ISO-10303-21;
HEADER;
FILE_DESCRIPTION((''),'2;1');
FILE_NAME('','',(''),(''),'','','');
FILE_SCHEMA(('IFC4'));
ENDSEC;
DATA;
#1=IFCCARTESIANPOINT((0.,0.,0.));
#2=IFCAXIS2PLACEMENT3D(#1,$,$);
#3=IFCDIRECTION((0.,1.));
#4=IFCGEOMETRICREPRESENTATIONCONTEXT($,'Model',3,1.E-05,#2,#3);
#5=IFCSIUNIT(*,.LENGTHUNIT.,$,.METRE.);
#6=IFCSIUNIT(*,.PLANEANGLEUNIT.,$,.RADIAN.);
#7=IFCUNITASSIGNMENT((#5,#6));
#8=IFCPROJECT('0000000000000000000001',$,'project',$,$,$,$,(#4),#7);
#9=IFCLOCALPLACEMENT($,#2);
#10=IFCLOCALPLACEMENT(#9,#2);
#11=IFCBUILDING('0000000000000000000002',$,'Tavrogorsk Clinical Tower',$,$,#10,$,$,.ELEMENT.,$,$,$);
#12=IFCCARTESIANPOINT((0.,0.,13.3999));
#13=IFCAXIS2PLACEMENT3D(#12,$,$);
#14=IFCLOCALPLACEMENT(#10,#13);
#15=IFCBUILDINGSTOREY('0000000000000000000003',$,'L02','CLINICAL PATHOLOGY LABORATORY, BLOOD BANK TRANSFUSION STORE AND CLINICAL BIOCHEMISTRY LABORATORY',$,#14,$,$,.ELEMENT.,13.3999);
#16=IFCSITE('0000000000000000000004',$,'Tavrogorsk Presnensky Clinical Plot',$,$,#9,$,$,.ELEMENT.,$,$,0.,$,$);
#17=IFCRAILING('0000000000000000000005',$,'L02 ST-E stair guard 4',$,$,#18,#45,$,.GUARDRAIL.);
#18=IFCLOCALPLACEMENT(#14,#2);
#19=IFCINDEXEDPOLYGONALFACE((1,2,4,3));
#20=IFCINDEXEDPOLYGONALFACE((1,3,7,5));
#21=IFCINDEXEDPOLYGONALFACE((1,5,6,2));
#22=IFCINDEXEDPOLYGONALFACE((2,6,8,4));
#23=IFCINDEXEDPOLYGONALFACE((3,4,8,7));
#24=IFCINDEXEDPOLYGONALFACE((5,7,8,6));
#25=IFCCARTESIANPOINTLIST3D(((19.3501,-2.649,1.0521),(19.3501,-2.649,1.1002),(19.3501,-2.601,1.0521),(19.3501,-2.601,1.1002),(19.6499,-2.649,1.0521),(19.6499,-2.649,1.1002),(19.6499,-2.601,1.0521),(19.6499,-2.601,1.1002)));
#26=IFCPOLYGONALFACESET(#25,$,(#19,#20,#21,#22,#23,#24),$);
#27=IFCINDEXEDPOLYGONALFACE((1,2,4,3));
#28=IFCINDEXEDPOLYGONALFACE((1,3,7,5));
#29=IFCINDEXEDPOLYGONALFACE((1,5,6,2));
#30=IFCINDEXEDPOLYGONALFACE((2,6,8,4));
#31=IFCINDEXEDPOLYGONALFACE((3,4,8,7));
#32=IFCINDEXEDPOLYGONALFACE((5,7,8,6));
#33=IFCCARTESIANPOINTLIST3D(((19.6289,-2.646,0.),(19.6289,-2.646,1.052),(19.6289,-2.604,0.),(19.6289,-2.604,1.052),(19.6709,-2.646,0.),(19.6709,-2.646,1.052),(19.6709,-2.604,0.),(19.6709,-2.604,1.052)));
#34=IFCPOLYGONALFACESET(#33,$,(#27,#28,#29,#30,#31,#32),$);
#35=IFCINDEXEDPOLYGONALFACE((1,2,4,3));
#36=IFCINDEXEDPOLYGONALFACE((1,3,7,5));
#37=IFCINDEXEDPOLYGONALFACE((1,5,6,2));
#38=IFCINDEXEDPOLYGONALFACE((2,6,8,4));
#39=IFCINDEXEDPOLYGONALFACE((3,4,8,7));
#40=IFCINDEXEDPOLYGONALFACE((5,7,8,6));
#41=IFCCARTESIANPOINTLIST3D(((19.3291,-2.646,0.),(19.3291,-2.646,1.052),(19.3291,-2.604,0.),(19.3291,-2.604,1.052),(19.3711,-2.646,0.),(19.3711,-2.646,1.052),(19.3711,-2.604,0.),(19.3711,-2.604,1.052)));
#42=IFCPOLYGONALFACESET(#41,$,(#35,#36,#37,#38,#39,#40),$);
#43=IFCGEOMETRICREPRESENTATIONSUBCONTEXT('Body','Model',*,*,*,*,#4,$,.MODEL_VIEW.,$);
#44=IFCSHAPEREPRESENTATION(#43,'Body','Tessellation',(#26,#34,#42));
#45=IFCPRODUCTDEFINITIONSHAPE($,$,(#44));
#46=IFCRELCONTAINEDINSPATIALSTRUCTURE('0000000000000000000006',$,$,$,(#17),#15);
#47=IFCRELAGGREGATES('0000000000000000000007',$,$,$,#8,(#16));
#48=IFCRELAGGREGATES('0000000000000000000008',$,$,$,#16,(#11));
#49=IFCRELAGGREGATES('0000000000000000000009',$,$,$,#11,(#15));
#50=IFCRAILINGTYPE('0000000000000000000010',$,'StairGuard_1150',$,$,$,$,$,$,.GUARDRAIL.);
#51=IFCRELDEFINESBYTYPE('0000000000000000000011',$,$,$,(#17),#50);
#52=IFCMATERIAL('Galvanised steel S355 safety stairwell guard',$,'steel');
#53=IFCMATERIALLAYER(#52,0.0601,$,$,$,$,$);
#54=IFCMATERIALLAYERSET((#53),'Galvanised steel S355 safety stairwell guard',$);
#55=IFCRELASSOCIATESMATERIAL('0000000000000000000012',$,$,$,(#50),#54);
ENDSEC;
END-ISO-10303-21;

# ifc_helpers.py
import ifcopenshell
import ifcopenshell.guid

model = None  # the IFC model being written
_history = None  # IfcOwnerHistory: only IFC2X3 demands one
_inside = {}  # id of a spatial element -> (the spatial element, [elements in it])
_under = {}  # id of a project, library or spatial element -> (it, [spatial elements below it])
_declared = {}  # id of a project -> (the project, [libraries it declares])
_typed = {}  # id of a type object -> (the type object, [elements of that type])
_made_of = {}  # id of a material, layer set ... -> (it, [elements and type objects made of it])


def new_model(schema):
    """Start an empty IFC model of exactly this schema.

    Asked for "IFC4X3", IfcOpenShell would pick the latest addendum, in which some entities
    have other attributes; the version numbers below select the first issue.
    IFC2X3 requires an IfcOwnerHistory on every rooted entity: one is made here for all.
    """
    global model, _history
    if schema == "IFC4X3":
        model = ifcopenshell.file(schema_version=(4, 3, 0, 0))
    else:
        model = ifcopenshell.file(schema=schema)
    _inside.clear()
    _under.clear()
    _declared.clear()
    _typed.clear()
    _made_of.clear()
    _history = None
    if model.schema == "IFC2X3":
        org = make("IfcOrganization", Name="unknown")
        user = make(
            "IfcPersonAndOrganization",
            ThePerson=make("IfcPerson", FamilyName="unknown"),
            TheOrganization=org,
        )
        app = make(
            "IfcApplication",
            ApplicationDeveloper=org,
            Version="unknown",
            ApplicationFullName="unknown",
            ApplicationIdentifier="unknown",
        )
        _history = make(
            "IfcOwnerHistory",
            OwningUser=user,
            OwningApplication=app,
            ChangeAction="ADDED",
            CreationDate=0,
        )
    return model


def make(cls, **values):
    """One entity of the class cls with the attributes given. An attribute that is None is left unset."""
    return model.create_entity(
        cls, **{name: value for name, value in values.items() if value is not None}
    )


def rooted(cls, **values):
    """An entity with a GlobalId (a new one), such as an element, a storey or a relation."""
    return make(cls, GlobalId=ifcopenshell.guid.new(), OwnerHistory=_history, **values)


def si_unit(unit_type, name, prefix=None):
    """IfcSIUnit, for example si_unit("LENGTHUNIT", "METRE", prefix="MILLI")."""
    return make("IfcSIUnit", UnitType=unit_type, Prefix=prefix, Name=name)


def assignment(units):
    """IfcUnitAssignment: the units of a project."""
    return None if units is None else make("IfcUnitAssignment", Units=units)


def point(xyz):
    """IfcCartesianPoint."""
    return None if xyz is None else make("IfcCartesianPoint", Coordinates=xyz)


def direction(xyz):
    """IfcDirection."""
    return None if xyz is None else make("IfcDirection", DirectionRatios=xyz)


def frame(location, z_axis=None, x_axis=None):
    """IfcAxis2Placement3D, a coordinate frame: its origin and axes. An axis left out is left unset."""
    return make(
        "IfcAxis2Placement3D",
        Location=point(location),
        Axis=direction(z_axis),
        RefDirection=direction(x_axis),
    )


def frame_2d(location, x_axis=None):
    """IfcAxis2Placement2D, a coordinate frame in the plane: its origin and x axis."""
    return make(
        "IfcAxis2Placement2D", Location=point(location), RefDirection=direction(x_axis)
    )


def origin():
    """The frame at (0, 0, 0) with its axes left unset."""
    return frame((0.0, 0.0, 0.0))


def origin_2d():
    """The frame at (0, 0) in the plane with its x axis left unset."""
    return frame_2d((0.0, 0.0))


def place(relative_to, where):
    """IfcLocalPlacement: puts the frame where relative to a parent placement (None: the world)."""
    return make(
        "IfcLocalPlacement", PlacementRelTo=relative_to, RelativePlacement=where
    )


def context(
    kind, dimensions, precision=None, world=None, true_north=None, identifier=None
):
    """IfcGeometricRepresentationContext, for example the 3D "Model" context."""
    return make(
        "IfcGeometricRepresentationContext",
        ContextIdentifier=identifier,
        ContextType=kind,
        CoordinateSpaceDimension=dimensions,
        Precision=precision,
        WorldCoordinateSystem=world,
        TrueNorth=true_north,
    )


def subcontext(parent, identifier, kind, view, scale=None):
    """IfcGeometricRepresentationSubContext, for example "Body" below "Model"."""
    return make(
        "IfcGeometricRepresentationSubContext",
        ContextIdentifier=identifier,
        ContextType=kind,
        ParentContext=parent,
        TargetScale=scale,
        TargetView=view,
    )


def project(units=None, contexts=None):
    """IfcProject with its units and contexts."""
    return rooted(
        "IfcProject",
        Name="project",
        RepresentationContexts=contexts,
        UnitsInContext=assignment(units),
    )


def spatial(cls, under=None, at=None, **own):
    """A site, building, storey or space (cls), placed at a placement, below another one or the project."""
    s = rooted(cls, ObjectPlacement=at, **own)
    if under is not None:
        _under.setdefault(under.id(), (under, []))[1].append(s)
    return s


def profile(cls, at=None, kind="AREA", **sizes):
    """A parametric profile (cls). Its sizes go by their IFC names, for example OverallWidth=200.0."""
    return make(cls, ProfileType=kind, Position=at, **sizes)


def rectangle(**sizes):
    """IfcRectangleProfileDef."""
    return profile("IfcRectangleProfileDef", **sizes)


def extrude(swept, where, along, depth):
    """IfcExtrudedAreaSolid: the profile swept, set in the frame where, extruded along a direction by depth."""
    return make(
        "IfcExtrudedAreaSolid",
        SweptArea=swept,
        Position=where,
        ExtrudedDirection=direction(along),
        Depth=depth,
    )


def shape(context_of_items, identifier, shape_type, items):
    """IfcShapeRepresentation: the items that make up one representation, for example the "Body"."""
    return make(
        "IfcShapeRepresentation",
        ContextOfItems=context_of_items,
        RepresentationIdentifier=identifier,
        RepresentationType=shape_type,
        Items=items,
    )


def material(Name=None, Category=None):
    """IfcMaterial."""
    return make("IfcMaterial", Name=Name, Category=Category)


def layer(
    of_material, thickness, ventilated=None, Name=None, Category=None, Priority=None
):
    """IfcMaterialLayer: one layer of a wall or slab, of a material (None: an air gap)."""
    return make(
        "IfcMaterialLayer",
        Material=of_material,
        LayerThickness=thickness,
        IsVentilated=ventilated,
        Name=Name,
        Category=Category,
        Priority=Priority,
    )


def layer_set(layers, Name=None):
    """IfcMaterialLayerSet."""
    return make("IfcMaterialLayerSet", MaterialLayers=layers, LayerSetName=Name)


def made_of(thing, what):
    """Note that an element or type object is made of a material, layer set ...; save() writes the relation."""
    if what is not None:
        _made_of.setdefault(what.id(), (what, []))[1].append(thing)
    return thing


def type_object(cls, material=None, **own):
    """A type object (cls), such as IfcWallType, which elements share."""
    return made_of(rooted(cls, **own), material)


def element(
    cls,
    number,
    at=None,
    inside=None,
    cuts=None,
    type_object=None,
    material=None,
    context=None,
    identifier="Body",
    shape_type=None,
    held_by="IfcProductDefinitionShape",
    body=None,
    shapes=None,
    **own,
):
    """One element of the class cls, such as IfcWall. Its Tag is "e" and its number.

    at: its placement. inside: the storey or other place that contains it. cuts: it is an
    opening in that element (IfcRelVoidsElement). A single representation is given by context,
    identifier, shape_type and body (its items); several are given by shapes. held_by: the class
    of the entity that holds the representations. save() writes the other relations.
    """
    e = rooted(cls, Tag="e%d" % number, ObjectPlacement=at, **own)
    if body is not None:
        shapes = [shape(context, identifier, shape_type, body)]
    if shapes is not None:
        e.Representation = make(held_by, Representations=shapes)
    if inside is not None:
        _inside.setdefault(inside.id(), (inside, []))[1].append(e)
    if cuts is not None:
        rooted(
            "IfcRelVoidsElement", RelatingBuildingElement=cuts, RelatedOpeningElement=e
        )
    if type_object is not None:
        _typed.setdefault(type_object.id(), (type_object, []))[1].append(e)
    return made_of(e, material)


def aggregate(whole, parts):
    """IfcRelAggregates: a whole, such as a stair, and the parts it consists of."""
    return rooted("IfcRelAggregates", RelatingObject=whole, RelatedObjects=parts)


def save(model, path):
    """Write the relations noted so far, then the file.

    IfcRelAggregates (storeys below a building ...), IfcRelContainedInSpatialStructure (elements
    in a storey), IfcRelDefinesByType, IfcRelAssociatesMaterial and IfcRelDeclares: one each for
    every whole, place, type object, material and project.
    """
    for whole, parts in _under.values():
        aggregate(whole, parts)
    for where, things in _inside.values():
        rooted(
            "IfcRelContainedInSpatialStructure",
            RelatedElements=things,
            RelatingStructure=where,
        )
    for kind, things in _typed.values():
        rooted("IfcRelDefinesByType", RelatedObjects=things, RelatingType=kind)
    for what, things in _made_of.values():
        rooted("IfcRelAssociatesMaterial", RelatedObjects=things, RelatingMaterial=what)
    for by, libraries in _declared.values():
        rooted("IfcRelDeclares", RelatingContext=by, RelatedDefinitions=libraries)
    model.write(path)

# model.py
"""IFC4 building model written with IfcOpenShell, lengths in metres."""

from ifc_helpers import new_model, si_unit, direction, frame, origin, origin_2d, place, context, subcontext, project, spatial, rectangle, extrude, material, layer, layer_set, type_object, element, save


model = new_model("IFC4")

# Units and contexts
model_context = context("Model", 3, precision=1e-05, world=origin(), true_north=direction((0.0, 1.0)))
body_context = subcontext(model_context, "Body", "Model", "MODEL_VIEW")
ifc_project = project(units=[si_unit("LENGTHUNIT", "METRE"), si_unit("PLANEANGLEUNIT", "RADIAN")], contexts=[model_context])

# Site, building, storey
site_placement = place(None, origin())
site = spatial("IfcSite", under=ifc_project, at=site_placement, Name="Tavrogorsk Presnensky Clinical Plot", CompositionType="ELEMENT", RefElevation=0.0)
building_placement = place(site_placement, origin())
building = spatial("IfcBuilding", under=site, at=building_placement, Name="Tavrogorsk Clinical Tower", CompositionType="ELEMENT")
storey_placement = place(building_placement, frame((0.0, 0.0, 13.3999)))
storey = spatial("IfcBuildingStorey", under=building, at=storey_placement, Name="L02", Description="CLINICAL PATHOLOGY LABORATORY, BLOOD BANK TRANSFUSION STORE AND CLINICAL BIOCHEMISTRY LABORATORY", CompositionType="ELEMENT", Elevation=13.3999)

# Railing
ifc_material_1 = material(Name="Galvanised steel S355 safety stairwell guard", Category="steel")
ifc_layer_1 = layer(ifc_material_1, 0.0601)
ifc_layer_set_1 = layer_set([ifc_layer_1], Name="Galvanised steel S355 safety stairwell guard")
railing_type = type_object("IfcRailingType", Name="StairGuard_1150", PredefinedType="GUARDRAIL", material=ifc_layer_set_1)
railing_1_placement = place(storey_placement, frame((19.6499, -2.625, 0.0)))
element("IfcRailing", 1, at=railing_1_placement, inside=storey, type_object=railing_type, Name="L02 ST-E stair guard 4", PredefinedType="GUARDRAIL", context=body_context, shape_type="SweptSolid", body=[
    extrude(rectangle(XDim=0.0481, YDim=0.0481, at=origin_2d()), frame((0.0, 0.0, 1.0762), z_axis=(-1.0, 0.0, 0.0), x_axis=(0.0, -1.0, 0.0)), (0.0, 0.0, 1.0), 0.2998),
    extrude(rectangle(XDim=0.042, YDim=0.042, at=origin_2d()), origin(), (0.0, 0.0, 1.0), 1.052),
    extrude(rectangle(XDim=0.042, YDim=0.042, at=origin_2d()), frame((-0.2998, 0.0, 0.0)), (0.0, 0.0, 1.0), 1.052),
])

save(model, "model.ifc")
